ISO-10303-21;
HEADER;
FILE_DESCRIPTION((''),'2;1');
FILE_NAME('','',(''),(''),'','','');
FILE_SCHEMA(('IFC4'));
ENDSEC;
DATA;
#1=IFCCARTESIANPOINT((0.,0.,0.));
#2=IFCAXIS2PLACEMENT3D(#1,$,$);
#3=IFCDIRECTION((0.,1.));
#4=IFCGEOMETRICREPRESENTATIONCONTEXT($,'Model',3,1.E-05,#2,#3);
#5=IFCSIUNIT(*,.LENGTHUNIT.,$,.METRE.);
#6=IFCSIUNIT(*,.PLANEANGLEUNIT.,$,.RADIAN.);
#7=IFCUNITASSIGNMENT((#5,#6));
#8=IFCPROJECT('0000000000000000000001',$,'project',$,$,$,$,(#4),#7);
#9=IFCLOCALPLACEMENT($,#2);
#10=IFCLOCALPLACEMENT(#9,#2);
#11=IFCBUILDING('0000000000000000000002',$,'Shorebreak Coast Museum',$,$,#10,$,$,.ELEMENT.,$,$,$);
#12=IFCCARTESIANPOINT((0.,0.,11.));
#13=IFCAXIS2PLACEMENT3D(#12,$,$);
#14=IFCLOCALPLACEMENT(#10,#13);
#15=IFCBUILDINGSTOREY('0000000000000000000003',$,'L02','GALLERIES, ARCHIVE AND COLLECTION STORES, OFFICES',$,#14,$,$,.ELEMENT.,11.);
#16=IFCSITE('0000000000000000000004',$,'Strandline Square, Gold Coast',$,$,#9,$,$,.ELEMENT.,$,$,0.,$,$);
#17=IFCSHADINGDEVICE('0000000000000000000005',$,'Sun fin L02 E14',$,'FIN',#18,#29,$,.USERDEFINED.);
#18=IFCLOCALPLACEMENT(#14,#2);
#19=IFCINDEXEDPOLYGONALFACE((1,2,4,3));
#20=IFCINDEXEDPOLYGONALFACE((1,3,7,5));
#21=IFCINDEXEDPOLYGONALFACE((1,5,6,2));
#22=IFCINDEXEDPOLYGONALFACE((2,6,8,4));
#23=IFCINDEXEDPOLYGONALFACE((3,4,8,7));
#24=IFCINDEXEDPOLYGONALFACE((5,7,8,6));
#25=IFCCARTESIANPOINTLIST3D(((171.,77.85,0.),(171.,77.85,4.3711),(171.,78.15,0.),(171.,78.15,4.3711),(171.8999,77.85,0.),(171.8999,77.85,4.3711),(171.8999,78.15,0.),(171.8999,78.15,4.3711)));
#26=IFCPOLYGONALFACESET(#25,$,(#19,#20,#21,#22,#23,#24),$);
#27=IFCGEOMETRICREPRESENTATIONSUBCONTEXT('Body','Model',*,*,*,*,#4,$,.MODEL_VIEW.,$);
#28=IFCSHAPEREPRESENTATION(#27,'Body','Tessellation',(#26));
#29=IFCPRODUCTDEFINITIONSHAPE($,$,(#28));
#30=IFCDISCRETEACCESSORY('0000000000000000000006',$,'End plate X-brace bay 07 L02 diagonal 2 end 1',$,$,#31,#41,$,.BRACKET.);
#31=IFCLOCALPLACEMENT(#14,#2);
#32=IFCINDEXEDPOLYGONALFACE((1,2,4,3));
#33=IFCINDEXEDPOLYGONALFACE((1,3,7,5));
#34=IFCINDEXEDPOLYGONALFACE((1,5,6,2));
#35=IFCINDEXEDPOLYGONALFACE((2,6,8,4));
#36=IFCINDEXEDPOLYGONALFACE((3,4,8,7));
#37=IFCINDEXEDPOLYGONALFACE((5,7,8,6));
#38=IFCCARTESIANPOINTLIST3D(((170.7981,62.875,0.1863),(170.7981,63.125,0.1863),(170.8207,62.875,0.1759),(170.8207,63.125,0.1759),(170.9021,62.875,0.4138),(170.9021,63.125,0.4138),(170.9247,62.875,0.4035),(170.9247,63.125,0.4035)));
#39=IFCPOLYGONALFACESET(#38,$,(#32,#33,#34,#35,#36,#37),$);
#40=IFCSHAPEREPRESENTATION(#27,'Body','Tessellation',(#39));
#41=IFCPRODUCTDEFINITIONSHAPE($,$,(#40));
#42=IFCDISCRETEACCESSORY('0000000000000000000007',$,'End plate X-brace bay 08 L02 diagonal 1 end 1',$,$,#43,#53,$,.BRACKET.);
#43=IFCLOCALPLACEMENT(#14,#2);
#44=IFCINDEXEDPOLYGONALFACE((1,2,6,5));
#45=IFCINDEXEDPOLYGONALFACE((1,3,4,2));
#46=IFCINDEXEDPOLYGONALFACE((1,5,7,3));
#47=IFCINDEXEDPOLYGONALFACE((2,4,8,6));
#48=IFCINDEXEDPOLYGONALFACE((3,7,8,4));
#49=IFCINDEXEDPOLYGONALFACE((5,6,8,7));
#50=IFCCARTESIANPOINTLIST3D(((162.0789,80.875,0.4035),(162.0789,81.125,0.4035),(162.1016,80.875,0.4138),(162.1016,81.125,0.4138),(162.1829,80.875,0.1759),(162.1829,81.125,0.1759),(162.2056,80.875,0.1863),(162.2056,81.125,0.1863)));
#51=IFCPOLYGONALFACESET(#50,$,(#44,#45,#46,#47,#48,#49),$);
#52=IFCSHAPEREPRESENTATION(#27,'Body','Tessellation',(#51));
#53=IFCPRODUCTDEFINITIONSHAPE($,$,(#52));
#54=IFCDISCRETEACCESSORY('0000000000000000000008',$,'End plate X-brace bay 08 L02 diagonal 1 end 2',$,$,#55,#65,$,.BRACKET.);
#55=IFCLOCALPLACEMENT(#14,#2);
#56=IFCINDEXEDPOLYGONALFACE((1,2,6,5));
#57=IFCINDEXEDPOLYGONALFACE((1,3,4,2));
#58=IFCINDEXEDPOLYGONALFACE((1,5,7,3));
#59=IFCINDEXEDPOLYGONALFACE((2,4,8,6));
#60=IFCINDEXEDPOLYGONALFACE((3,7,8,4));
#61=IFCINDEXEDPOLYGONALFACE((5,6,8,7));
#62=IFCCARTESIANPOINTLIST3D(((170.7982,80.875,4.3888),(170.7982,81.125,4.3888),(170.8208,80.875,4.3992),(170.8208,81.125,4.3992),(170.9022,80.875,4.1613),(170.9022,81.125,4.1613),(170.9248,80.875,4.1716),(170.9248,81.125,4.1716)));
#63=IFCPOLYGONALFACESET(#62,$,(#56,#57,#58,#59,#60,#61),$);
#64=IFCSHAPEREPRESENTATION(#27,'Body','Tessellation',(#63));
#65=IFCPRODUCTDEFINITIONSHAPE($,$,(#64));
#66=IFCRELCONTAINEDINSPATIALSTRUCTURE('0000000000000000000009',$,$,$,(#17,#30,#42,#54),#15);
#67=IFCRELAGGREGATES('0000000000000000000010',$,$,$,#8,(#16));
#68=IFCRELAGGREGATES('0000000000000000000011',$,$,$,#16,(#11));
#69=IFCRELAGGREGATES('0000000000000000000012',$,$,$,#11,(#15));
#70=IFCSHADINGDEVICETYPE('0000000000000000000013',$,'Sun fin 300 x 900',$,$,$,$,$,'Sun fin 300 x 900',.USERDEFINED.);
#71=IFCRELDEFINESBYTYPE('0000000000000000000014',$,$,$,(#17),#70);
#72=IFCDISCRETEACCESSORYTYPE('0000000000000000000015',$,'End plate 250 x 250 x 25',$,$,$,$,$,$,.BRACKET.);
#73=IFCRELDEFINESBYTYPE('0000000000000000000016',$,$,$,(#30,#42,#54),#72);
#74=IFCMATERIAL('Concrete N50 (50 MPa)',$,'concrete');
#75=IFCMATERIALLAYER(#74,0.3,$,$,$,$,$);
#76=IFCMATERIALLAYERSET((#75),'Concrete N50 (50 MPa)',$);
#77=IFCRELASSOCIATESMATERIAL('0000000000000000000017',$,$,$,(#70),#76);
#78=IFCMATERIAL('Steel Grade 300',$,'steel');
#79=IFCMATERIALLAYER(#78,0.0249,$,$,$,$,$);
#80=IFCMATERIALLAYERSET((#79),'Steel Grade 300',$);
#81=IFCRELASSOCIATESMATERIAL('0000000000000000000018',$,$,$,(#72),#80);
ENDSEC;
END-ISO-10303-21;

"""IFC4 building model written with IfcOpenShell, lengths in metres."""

from ifc_helpers import new_model, si_unit, direction, frame, origin, origin_2d, place, context, subcontext, project, spatial, polyline, rectangle, outline, extrude, material, layer, layer_set, type_object, element, save


model = new_model("IFC4")

# Units and contexts
model_context = context("Model", 3, precision=1e-05, world=origin(), true_north=direction((0.0, 1.0)))
body_context = subcontext(model_context, "Body", "Model", "MODEL_VIEW")
ifc_project = project(units=[si_unit("LENGTHUNIT", "METRE"), si_unit("PLANEANGLEUNIT", "RADIAN")], contexts=[model_context])

# Site, building, storey
site_placement = place(None, origin())
site = spatial("IfcSite", under=ifc_project, at=site_placement, Name="Strandline Square, Gold Coast", CompositionType="ELEMENT", RefElevation=0.0)
building_placement = place(site_placement, origin())
building = spatial("IfcBuilding", under=site, at=building_placement, Name="Shorebreak Coast Museum", CompositionType="ELEMENT")
storey_placement = place(building_placement, frame((0.0, 0.0, 11.0)))
storey = spatial("IfcBuildingStorey", under=building, at=storey_placement, Name="L02", Description="GALLERIES, ARCHIVE AND COLLECTION STORES, OFFICES", CompositionType="ELEMENT", Elevation=11.0)

# Shading device
ifc_material_1 = material(Name="Concrete N50 (50 MPa)", Category="concrete")
ifc_layer_1 = layer(ifc_material_1, 0.3)
ifc_layer_set_1 = layer_set([ifc_layer_1], Name="Concrete N50 (50 MPa)")
shading_device_type = type_object("IfcShadingDeviceType", Name="Sun fin 300 x 900", ElementType="Sun fin 300 x 900", PredefinedType="USERDEFINED", material=ifc_layer_set_1)
for number, where, z_axis, x_axis, name in (
    (1, (171.45, 78.0, 0.0), (0.0, 0.0, 1.0), (1.0, 0.0, 0.0), "Sun fin L02 E14"),
):
    element("IfcShadingDevice", number, at=place(storey_placement, frame(where, z_axis=z_axis, x_axis=x_axis)), inside=storey, type_object=shading_device_type, Name=name, ObjectType="FIN", PredefinedType="USERDEFINED", context=body_context, shape_type="SweptSolid", body=[
        extrude(rectangle(XDim=0.8999, YDim=0.3, at=origin_2d()), origin(), (0.0, 0.0, 1.0), 4.3711),
    ])

# Discrete accessories
ifc_material_2 = material(Name="Steel Grade 300", Category="steel")
ifc_layer_2 = layer(ifc_material_2, 0.0249)
ifc_layer_set_2 = layer_set([ifc_layer_2], Name="Steel Grade 300")
discrete_accessory_type = type_object("IfcDiscreteAccessoryType", Name="End plate 250 x 250 x 25", PredefinedType="BRACKET", material=ifc_layer_set_2)
for number, where, z_axis, x_axis, name in (
    (2, (170.7981, 63.125, 0.1863), (-0.909496, 0.0, 0.415714), (0.0, -1.0, 0.0), "End plate X-brace bay 07 L02 diagonal 2 end 1"),
    (3, (162.2056, 80.875, 0.1863), (0.909496, 0.0, 0.415714), (0.0, 1.0, 0.0), "End plate X-brace bay 08 L02 diagonal 1 end 1"),
    (4, (170.9248, 80.875, 4.1716), (0.909496, 0.0, 0.415714), (0.0, 1.0, 0.0), "End plate X-brace bay 08 L02 diagonal 1 end 2"),
):
    element("IfcDiscreteAccessory", number, at=place(storey_placement, frame(where, z_axis=z_axis, x_axis=x_axis)), inside=storey, type_object=discrete_accessory_type, Name=name, PredefinedType="BRACKET", context=body_context, shape_type="SweptSolid", body=[
        extrude(outline(polyline([(0.0, 0.0), (0.25, 0.0), (0.25, 0.2502), (0.0, 0.2502), (0.0, 0.0)])), origin(), (0.0, 0.0, -1.0), 0.0249),
    ])

save(model, "model.ifc")
